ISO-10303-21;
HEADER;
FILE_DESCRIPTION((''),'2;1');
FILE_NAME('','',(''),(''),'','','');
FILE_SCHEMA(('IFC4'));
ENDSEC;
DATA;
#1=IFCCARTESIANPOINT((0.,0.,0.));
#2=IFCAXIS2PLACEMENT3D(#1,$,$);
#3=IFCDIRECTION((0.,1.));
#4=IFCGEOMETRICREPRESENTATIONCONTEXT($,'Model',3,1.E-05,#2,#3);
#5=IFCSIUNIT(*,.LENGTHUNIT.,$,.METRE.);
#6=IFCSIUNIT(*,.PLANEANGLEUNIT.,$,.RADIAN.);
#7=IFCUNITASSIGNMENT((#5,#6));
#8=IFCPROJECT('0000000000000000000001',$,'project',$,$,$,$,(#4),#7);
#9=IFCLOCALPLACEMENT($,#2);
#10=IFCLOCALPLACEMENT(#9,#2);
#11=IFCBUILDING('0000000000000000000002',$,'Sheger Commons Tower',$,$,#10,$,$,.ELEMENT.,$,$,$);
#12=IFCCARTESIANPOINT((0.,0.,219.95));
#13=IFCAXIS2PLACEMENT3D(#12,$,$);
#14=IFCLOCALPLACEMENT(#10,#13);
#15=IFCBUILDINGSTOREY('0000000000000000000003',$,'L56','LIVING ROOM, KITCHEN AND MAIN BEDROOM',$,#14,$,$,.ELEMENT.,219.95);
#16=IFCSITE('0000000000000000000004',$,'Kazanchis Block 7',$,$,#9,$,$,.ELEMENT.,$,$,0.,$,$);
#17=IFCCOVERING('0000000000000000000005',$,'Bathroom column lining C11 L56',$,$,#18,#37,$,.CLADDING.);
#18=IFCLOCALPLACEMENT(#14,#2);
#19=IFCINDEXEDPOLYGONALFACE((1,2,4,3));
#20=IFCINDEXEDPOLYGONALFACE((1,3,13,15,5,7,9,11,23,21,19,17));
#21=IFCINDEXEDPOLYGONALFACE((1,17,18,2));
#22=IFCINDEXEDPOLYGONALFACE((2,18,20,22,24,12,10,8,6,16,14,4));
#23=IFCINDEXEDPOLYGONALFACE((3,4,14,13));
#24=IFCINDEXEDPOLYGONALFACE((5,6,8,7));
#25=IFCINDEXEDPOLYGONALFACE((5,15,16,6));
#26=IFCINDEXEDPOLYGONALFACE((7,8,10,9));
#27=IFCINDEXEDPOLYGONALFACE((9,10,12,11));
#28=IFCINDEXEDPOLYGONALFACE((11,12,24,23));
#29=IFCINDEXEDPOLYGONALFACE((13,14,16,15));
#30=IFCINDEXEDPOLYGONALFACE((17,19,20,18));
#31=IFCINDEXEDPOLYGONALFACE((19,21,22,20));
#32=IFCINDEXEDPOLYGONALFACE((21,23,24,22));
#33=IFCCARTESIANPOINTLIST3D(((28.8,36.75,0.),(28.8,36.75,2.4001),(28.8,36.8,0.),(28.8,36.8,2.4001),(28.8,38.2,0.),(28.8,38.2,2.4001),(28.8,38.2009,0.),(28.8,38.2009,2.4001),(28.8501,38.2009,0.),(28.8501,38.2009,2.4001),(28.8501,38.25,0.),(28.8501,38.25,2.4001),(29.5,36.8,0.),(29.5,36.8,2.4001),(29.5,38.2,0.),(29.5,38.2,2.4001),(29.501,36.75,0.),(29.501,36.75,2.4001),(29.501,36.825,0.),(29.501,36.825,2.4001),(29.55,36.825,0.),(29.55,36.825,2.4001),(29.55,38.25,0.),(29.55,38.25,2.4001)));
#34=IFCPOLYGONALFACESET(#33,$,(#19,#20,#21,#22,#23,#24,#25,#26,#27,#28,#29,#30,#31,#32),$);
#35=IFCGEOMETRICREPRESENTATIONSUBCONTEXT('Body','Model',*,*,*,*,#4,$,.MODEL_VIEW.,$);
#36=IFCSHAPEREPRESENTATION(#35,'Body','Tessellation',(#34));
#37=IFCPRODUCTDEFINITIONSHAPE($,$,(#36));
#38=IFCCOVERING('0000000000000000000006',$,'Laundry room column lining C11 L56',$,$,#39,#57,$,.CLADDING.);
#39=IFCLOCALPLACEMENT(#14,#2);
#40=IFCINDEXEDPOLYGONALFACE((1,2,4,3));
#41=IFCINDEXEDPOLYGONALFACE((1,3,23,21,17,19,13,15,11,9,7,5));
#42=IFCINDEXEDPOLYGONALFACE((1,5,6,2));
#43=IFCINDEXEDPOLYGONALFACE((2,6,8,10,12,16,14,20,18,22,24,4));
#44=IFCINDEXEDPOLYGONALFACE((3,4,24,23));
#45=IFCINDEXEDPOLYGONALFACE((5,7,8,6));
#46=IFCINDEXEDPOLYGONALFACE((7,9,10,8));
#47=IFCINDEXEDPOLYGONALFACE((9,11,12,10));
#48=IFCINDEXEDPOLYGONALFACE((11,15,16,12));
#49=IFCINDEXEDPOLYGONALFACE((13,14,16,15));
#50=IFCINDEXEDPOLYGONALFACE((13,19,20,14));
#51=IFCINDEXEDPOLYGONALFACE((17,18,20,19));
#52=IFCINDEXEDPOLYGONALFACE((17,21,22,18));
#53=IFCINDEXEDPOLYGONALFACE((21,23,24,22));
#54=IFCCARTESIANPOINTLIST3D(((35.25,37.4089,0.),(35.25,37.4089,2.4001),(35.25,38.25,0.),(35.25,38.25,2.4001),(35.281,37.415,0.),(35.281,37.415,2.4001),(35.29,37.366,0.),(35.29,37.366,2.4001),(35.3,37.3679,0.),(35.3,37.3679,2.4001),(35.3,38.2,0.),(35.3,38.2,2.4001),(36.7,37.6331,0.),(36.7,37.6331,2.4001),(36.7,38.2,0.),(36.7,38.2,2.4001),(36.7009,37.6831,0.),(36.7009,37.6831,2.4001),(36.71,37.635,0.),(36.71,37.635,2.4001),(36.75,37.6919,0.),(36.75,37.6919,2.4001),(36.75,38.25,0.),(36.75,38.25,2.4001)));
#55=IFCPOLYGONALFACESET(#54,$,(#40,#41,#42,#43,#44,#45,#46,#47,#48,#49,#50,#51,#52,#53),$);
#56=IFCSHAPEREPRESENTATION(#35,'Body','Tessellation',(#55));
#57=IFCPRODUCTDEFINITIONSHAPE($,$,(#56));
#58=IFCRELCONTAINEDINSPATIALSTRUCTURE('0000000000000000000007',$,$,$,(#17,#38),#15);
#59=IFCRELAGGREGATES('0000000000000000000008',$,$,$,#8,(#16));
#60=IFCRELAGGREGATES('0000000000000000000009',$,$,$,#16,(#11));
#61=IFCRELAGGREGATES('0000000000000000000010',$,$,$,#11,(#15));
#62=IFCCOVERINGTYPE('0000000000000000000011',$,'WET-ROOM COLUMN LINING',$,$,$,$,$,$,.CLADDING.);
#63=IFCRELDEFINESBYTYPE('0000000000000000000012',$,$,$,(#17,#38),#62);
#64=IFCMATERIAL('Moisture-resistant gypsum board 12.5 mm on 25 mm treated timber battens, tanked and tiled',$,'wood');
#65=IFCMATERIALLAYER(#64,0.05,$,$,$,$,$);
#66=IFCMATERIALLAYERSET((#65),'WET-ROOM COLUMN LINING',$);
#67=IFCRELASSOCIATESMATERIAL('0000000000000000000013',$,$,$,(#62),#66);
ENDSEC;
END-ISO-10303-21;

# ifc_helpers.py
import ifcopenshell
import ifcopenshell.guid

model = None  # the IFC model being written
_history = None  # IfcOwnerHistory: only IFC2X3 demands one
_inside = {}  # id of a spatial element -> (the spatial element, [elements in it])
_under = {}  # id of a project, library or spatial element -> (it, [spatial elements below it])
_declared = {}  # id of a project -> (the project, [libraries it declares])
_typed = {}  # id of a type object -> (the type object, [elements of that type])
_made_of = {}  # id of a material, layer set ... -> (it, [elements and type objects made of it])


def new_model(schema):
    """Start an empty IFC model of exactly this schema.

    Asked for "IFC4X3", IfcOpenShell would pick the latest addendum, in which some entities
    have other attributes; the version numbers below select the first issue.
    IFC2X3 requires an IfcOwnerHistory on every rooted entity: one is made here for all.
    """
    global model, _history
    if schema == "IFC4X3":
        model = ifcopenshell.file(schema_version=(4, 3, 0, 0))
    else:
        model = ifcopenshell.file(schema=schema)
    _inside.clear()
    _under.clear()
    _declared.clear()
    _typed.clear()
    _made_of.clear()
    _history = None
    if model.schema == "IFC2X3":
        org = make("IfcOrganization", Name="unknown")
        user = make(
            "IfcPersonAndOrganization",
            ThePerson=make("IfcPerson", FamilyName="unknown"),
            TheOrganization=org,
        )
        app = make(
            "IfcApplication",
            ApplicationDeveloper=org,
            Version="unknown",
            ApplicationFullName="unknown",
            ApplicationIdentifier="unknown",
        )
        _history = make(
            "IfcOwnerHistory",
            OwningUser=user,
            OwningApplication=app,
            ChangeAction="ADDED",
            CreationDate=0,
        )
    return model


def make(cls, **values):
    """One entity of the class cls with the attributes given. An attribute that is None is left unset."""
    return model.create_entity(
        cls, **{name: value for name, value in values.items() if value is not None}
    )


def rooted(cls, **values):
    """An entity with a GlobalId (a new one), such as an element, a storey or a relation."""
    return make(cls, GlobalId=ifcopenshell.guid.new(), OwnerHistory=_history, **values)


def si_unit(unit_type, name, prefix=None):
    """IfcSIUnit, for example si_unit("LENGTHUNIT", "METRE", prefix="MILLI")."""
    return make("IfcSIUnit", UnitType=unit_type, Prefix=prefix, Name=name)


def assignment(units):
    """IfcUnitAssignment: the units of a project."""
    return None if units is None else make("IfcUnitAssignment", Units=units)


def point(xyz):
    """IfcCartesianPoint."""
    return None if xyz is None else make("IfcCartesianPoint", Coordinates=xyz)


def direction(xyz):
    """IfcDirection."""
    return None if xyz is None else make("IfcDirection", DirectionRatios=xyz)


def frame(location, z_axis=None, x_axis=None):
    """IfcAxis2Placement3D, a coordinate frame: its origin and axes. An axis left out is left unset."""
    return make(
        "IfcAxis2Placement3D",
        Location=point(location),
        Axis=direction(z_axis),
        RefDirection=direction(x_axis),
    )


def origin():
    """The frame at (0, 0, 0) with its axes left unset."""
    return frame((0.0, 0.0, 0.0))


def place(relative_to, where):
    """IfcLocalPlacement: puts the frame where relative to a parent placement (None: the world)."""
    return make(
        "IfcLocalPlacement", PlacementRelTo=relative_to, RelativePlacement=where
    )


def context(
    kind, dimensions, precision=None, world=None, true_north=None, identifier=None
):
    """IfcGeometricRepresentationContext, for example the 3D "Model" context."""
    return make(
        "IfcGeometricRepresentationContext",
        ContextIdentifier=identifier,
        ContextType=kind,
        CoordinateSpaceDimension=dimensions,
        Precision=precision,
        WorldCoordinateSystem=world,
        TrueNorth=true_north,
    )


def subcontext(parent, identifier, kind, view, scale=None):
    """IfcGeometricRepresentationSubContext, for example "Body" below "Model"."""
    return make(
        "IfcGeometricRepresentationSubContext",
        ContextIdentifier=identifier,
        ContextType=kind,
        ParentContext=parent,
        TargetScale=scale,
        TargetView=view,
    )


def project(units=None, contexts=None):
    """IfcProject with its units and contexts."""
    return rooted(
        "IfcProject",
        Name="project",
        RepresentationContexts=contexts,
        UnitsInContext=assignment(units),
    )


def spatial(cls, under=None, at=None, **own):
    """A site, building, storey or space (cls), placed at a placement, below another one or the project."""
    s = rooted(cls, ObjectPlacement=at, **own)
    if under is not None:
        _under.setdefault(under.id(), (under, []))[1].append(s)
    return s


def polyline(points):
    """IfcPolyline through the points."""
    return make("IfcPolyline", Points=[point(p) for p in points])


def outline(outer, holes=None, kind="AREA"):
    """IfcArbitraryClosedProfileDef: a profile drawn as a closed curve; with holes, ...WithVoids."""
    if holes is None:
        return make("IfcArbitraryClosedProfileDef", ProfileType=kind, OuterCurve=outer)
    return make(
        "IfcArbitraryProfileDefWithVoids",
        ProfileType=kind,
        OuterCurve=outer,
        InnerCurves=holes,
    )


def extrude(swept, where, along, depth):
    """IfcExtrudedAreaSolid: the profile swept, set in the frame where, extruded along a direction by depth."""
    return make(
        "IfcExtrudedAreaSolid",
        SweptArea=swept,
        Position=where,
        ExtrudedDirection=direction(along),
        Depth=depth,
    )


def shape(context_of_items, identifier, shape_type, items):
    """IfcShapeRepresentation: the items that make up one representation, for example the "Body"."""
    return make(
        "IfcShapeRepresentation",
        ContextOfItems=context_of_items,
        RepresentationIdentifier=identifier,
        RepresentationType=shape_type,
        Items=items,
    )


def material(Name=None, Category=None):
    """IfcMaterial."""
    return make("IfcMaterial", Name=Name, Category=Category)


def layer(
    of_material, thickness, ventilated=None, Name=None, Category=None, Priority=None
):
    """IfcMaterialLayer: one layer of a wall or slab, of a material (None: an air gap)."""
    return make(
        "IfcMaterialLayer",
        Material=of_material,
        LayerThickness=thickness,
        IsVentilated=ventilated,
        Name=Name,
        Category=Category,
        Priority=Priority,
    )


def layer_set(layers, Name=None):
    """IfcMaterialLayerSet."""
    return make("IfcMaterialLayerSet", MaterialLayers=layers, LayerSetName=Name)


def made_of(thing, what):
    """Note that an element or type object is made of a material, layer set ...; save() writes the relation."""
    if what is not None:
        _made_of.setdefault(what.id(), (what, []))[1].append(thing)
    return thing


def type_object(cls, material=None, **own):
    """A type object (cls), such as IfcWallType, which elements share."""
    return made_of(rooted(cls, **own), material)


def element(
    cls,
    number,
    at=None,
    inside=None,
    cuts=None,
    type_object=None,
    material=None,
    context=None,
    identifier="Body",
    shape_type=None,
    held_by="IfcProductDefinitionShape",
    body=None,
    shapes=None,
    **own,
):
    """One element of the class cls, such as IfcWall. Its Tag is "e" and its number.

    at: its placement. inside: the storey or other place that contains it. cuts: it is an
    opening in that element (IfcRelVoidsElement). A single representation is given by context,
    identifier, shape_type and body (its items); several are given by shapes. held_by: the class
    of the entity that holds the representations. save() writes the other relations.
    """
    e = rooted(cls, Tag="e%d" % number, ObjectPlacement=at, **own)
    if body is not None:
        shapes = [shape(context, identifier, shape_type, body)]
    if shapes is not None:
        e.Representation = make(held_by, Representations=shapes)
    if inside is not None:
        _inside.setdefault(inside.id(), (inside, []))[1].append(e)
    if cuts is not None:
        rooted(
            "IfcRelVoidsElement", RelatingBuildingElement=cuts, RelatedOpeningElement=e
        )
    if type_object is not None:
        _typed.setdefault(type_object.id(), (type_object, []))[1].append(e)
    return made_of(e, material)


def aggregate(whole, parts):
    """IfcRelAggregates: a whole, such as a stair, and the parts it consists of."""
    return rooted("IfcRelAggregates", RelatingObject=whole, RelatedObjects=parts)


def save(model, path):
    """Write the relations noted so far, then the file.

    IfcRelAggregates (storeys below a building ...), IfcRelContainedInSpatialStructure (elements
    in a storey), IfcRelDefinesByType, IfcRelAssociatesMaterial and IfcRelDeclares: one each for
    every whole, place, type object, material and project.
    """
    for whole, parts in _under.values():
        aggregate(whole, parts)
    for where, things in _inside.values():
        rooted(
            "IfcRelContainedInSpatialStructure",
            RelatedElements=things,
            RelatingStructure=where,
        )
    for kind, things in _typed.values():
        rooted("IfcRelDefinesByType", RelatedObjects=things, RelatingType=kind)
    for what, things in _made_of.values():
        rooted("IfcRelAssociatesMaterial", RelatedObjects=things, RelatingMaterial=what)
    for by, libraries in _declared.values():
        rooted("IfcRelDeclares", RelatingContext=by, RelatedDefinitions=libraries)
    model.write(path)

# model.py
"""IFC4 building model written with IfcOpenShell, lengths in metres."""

from ifc_helpers import new_model, si_unit, direction, frame, origin, place, context, subcontext, project, spatial, polyline, outline, extrude, material, layer, layer_set, type_object, element, save


model = new_model("IFC4")

# Units and contexts
model_context = context("Model", 3, precision=1e-05, world=origin(), true_north=direction((0.0, 1.0)))
body_context = subcontext(model_context, "Body", "Model", "MODEL_VIEW")
ifc_project = project(units=[si_unit("LENGTHUNIT", "METRE"), si_unit("PLANEANGLEUNIT", "RADIAN")], contexts=[model_context])

# Site, building, storey
site_placement = place(None, origin())
site = spatial("IfcSite", under=ifc_project, at=site_placement, Name="Kazanchis Block 7", CompositionType="ELEMENT", RefElevation=0.0)
building_placement = place(site_placement, origin())
building = spatial("IfcBuilding", under=site, at=building_placement, Name="Sheger Commons Tower", CompositionType="ELEMENT")
storey_placement = place(building_placement, frame((0.0, 0.0, 219.95)))
storey = spatial("IfcBuildingStorey", under=building, at=storey_placement, Name="L56", Description="LIVING ROOM, KITCHEN AND MAIN BEDROOM", CompositionType="ELEMENT", Elevation=219.95)

# Coverings
ifc_material_1 = material(Name="Moisture-resistant gypsum board 12.5 mm on 25 mm treated timber battens, tanked and tiled", Category="wood")
ifc_layer_1 = layer(ifc_material_1, 0.05)
ifc_layer_set_1 = layer_set([ifc_layer_1], Name="WET-ROOM COLUMN LINING")
covering_type_1 = type_object("IfcCoveringType", Name="WET-ROOM COLUMN LINING", PredefinedType="CLADDING", material=ifc_layer_set_1)
covering_1_placement = place(storey_placement, origin())
element("IfcCovering", 1, at=covering_1_placement, inside=storey, type_object=covering_type_1, Name="Bathroom column lining C11 L56", PredefinedType="CLADDING", context=body_context, shape_type="SweptSolid", body=[
    extrude(outline(polyline([(29.55, 36.825), (29.501, 36.825), (29.501, 36.75), (28.8, 36.75), (28.8, 36.8), (29.5, 36.8), (29.5, 38.2), (28.8, 38.2), (28.8, 38.2009), (28.8501, 38.2009), (28.8501, 38.25), (29.55, 38.25), (29.55, 36.825)])), origin(), (0.0, 0.0, 1.0), 2.4001),
])
covering_2_placement = place(storey_placement, origin())
element("IfcCovering", 2, at=covering_2_placement, inside=storey, type_object=covering_type_1, Name="Laundry room column lining C11 L56", PredefinedType="CLADDING", context=body_context, shape_type="SweptSolid", body=[
    extrude(outline(polyline([(36.75, 38.25), (36.75, 37.6919), (36.7009, 37.6831), (36.71, 37.635), (36.7, 37.6331), (36.7, 38.2), (35.3, 38.2), (35.3, 37.3679), (35.29, 37.366), (35.281, 37.415), (35.25, 37.4089), (35.25, 38.25), (36.75, 38.25)])), origin(), (0.0, 0.0, 1.0), 2.4001),
])

save(model, "model.ifc")
